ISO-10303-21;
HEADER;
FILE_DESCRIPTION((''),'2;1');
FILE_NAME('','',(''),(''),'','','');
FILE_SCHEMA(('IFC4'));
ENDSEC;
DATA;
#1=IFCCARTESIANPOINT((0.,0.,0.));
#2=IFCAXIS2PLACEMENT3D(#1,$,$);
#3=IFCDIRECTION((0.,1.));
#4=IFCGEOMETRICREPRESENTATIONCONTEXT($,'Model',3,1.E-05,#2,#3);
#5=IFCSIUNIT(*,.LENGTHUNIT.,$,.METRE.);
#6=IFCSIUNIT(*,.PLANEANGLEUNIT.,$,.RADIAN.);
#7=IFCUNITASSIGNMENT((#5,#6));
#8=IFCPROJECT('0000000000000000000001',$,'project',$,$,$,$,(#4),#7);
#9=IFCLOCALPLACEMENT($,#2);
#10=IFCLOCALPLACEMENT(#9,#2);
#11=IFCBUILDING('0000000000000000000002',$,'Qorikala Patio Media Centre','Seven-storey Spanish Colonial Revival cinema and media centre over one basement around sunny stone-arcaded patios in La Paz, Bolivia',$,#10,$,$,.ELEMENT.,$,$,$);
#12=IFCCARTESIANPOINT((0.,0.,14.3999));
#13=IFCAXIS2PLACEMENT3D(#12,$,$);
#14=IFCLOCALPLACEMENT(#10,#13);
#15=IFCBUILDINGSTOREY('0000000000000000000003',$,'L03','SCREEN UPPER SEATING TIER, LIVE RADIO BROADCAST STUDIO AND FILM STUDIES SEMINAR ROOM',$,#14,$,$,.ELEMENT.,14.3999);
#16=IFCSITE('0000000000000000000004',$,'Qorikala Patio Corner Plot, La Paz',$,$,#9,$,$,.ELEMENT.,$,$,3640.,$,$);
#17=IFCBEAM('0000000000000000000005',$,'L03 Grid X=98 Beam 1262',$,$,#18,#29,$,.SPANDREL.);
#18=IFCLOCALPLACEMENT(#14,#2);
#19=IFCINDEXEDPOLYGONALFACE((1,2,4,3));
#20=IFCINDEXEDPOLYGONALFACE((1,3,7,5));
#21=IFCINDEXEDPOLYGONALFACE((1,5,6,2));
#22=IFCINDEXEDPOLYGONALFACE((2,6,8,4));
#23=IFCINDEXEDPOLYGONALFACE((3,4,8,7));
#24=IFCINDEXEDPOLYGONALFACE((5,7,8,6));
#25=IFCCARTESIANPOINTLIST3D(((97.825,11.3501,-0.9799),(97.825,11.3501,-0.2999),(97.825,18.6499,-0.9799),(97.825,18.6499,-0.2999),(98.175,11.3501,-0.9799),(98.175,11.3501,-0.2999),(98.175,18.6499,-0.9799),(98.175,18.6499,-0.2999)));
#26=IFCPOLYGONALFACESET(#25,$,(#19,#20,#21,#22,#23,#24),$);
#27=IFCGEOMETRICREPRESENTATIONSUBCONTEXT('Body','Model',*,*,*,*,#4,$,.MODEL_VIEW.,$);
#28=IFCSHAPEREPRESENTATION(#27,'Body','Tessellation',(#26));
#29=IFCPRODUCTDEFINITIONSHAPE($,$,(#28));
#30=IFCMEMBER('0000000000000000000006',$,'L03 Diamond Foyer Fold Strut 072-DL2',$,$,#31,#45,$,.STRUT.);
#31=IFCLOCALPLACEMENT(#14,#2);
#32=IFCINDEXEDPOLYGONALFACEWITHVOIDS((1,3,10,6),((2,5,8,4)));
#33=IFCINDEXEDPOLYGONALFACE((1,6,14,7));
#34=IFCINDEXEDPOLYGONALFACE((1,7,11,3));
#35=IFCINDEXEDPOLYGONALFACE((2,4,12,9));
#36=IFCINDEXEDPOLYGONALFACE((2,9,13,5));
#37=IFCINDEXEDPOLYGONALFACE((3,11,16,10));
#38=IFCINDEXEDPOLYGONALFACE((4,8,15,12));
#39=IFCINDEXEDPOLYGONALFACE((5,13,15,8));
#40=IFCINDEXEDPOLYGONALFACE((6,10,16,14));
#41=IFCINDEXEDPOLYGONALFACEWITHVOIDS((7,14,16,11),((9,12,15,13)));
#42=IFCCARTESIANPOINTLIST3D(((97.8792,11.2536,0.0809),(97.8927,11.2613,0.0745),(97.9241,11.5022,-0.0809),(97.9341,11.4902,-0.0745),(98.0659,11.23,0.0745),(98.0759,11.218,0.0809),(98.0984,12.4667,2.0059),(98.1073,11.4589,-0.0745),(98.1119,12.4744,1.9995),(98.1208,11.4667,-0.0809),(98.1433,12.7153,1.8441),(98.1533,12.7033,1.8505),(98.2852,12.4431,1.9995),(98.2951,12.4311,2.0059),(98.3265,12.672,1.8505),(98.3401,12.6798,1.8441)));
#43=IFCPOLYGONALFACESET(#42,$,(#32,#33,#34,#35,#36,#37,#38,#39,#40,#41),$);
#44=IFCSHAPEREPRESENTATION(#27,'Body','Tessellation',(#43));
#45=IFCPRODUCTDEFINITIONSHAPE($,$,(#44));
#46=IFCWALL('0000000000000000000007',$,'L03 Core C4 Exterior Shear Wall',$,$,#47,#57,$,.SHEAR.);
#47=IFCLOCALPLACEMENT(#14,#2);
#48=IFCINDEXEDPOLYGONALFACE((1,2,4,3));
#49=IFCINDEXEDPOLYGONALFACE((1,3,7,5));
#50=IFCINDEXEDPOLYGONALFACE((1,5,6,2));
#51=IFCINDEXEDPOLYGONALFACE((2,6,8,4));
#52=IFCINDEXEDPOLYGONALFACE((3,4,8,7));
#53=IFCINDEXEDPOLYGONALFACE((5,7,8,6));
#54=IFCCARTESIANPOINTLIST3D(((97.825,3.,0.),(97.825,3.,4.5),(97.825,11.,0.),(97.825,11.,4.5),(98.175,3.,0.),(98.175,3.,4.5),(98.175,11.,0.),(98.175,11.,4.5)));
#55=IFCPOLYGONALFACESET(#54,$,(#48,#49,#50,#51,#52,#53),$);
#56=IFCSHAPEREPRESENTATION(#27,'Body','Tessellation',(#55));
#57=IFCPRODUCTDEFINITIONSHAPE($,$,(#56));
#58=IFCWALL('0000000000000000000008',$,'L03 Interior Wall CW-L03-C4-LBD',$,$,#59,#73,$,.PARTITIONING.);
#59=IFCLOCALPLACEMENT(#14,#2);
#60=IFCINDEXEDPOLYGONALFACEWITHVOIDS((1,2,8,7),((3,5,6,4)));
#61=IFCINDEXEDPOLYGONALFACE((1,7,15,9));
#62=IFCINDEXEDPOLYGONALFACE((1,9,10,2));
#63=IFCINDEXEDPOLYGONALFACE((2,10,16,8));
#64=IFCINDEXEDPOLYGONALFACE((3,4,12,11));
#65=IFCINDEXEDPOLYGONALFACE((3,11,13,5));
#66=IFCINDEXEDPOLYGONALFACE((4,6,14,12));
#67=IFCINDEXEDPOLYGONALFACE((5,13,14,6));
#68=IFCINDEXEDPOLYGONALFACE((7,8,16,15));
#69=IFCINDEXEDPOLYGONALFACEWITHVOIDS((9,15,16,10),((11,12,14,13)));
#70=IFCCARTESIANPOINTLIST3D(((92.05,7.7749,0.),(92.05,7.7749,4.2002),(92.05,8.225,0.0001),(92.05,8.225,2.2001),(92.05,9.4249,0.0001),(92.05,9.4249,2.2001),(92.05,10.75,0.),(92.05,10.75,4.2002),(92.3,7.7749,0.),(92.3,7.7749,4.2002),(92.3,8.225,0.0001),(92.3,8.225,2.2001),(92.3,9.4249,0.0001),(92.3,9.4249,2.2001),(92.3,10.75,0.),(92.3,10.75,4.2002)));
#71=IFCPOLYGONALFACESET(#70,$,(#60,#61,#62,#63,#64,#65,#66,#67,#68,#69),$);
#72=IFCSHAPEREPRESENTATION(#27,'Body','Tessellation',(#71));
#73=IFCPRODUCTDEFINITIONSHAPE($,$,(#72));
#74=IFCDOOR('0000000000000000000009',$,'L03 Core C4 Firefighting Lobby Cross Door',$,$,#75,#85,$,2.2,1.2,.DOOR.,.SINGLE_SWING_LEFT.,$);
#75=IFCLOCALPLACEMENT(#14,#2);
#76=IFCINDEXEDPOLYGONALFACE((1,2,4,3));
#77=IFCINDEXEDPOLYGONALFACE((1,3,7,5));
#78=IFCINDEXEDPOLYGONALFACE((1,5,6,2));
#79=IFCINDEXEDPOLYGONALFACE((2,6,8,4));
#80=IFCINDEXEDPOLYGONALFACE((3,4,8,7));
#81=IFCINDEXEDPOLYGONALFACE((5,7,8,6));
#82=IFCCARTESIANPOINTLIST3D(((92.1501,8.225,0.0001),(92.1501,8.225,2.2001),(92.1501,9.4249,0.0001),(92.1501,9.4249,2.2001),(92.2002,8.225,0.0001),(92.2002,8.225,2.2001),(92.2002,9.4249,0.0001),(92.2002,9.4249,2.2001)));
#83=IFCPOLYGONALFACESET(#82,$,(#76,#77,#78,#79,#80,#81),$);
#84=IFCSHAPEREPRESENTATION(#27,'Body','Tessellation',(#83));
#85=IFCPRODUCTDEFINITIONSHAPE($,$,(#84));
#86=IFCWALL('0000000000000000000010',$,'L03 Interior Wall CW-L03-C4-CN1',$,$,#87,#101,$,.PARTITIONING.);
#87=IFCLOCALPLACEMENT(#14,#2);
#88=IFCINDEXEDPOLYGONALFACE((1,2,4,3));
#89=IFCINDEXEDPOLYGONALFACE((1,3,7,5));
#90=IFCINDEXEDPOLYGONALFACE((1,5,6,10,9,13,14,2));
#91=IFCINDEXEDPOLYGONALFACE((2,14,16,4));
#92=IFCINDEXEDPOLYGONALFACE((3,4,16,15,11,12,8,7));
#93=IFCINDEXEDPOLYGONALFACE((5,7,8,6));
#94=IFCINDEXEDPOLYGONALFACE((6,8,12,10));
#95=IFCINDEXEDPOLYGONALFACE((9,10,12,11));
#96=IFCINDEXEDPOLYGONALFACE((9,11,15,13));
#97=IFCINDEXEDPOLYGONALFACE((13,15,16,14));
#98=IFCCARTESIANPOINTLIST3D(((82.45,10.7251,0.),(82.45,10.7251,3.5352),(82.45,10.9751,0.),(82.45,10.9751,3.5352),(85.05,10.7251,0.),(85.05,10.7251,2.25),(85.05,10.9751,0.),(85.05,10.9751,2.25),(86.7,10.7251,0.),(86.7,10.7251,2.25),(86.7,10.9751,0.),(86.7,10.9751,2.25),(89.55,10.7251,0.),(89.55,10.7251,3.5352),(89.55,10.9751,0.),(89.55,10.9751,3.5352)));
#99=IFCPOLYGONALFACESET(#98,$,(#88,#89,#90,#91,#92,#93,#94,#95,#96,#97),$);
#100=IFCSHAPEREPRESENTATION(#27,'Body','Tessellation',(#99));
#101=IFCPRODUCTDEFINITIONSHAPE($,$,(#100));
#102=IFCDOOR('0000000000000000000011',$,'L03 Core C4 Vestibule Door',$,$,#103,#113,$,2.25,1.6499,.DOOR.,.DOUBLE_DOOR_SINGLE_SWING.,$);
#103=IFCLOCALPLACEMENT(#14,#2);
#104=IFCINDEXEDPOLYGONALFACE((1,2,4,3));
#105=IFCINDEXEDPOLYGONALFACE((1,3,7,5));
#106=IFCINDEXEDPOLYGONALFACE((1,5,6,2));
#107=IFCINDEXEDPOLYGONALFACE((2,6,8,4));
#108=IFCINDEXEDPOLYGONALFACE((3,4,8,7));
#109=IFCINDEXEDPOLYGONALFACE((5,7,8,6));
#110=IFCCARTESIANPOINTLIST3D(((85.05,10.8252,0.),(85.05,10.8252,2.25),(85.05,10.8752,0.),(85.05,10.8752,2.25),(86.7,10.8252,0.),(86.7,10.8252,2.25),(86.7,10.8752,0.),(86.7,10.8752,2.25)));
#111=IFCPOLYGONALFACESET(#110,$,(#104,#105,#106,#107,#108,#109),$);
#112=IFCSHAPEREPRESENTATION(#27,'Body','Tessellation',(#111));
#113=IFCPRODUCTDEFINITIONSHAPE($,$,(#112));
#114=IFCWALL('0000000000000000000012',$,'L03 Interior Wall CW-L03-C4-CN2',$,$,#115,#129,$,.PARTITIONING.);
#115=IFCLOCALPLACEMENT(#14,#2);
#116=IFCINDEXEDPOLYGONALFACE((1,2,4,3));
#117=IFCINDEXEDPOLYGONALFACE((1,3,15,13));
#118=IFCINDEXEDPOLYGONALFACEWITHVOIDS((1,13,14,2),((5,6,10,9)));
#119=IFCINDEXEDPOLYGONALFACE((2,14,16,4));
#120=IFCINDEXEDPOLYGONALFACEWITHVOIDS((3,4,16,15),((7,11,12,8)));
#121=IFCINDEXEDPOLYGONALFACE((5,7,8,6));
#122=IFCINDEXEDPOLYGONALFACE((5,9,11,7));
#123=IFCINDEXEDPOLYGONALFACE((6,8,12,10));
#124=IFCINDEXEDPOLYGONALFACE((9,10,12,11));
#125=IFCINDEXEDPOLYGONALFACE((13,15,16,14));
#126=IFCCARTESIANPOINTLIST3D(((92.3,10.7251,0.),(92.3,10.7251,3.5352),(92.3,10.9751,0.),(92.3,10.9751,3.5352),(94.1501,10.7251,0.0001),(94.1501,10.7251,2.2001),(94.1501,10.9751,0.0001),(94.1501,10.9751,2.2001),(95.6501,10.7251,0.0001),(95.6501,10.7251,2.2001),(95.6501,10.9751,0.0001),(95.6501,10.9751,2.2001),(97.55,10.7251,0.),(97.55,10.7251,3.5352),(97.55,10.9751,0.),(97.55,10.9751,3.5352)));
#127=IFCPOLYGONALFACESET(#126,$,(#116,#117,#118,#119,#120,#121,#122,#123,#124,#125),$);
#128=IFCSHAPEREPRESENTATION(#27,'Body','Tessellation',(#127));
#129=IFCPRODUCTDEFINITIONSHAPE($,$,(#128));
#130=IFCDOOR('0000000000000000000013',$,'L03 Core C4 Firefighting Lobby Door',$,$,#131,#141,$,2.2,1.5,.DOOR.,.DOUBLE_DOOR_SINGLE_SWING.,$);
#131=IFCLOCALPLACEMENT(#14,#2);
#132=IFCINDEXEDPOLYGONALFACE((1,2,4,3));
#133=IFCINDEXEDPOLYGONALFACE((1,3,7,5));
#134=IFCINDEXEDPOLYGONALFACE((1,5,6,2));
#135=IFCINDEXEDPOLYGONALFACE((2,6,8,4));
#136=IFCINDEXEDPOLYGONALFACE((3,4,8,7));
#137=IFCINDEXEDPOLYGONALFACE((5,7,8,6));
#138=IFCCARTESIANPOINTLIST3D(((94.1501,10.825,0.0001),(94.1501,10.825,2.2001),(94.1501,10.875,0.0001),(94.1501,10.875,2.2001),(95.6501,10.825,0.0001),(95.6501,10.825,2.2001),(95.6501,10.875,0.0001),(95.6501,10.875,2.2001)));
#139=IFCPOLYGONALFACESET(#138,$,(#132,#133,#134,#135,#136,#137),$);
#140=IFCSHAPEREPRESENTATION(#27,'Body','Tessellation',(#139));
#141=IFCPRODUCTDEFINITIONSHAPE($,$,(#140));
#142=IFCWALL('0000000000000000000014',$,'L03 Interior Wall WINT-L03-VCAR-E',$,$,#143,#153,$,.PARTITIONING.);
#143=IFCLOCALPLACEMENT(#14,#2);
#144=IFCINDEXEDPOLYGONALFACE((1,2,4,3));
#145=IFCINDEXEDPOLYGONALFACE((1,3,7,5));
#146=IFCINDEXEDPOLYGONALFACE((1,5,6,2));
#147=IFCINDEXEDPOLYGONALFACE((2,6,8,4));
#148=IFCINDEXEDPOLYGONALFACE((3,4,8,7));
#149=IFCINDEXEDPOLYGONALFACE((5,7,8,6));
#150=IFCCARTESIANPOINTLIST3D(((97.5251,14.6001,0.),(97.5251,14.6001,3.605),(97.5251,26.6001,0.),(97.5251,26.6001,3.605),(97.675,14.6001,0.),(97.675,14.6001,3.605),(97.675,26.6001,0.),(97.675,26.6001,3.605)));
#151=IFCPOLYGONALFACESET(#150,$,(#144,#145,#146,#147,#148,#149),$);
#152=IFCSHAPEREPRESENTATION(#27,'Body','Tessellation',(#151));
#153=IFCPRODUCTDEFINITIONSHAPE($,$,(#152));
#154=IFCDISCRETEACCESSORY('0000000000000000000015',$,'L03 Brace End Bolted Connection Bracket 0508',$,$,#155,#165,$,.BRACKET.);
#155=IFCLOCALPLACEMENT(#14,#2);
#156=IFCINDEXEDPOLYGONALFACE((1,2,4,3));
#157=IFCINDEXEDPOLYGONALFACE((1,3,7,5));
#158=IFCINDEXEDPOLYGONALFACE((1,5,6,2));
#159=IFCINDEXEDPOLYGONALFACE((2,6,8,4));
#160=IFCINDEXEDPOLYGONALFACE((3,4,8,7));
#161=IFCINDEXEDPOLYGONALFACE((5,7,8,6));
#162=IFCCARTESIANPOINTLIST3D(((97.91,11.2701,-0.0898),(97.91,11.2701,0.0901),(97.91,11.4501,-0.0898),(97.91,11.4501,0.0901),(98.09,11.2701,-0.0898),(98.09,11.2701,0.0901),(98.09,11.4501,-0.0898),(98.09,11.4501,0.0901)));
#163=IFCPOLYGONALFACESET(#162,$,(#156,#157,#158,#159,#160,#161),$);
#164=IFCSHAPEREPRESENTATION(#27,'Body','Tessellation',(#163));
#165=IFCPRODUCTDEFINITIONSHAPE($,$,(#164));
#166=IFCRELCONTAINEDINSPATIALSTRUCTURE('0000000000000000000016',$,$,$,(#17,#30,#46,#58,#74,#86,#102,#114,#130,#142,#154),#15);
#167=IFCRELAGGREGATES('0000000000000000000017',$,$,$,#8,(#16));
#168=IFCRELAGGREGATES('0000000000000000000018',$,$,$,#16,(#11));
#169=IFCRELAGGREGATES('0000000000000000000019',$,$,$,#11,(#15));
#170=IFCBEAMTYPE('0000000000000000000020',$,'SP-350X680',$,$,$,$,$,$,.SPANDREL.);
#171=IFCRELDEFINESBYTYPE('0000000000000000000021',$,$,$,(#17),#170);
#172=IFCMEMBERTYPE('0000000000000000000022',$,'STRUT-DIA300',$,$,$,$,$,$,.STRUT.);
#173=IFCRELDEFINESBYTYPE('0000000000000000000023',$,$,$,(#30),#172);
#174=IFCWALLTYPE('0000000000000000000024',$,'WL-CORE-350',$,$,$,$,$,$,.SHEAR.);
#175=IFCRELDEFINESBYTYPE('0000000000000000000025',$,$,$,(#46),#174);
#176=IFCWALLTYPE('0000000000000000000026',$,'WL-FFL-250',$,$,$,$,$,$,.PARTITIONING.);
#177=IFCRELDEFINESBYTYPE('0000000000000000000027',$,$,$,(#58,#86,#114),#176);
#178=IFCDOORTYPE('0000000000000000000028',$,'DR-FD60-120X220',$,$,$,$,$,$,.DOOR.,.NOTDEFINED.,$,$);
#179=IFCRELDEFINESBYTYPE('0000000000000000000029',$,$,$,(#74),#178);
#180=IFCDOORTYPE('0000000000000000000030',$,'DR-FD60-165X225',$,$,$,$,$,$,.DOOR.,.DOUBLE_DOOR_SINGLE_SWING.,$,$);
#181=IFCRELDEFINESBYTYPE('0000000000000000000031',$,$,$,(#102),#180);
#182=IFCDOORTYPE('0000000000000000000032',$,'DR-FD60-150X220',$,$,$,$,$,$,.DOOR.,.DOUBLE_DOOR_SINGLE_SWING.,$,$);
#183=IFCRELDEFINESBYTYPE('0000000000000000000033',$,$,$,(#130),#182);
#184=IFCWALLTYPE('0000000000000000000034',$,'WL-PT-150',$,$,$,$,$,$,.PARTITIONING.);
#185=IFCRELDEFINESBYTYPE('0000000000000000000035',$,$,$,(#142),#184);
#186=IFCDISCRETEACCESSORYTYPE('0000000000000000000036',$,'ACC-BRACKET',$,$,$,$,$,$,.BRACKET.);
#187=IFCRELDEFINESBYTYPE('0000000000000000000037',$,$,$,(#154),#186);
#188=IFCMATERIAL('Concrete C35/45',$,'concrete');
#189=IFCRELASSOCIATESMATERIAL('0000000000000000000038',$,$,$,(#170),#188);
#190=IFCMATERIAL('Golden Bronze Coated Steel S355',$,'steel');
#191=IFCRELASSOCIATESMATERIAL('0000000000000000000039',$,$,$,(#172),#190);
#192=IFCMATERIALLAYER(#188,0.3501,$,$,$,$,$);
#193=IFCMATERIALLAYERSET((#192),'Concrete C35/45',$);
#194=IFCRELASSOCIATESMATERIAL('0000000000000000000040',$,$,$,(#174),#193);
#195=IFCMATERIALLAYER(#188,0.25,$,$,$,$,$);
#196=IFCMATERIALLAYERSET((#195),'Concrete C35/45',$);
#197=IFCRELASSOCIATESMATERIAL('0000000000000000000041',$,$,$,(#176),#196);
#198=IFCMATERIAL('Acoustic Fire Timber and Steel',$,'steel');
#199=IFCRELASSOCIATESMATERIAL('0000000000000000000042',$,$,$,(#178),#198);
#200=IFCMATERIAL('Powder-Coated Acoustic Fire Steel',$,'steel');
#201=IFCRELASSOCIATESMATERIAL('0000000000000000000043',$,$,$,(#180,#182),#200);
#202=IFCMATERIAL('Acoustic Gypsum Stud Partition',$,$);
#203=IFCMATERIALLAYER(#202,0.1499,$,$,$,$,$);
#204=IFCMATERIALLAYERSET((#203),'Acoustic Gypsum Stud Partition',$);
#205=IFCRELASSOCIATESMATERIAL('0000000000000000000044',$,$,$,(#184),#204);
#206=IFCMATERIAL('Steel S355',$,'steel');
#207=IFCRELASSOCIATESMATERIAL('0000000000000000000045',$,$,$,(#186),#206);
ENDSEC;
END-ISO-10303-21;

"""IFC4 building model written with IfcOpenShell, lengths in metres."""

from ifc_helpers import new_model, si_unit, direction, frame, frame_2d, origin, origin_2d, place, context, subcontext, project, spatial, rectangle, hollow_rectangle, extrude, material, layer, layer_set, material_profile, profile_set, type_object, element, fill, save


model = new_model("IFC4")

# Units and contexts
model_context = context("Model", 3, precision=1e-05, world=origin(), true_north=direction((0.0, 1.0)))
body_context = subcontext(model_context, "Body", "Model", "MODEL_VIEW")
ifc_project = project(units=[si_unit("LENGTHUNIT", "METRE"), si_unit("PLANEANGLEUNIT", "RADIAN")], contexts=[model_context])

# Site, building, storey
site_placement = place(None, origin())
site = spatial("IfcSite", under=ifc_project, at=site_placement, Name="Qorikala Patio Corner Plot, La Paz", CompositionType="ELEMENT", RefElevation=3640.0)
building_placement = place(site_placement, origin())
building = spatial("IfcBuilding", under=site, at=building_placement, Name="Qorikala Patio Media Centre", Description="Seven-storey Spanish Colonial Revival cinema and media centre over one basement around sunny stone-arcaded patios in La Paz, Bolivia", CompositionType="ELEMENT")
storey_placement = place(building_placement, frame((0.0, 0.0, 14.3999)))
storey = spatial("IfcBuildingStorey", under=building, at=storey_placement, Name="L03", Description="SCREEN UPPER SEATING TIER, LIVE RADIO BROADCAST STUDIO AND FILM STUDIES SEMINAR ROOM", CompositionType="ELEMENT", Elevation=14.3999)

# Shared definitions
ifc_material_1 = material(Name="Concrete C35/45", Category="concrete")

# Shared definitions
ifc_material_2 = material(Name="Steel S355", Category="steel")

# Beam
ifc_material_profile_1 = material_profile(ifc_material_1, rectangle(XDim=0.3501, YDim=0.6799, at=origin_2d()), Name="RC 350x680")
ifc_profile_set_1 = profile_set([ifc_material_profile_1], Name="Concrete C35/45")
beam_type_1 = type_object("IfcBeamType", Name="SP-350X680", PredefinedType="SPANDREL", material=ifc_profile_set_1)
beam_1_placement = place(storey_placement, frame((98.0, 11.3501, -0.6399), z_axis=(0.0, 1.0, 0.0), x_axis=(-1.0, 0.0, 0.0)))
element("IfcBeam", 1, at=beam_1_placement, inside=storey, type_object=beam_type_1, Name="L03 Grid X=98 Beam 1262", PredefinedType="SPANDREL", context=body_context, shape_type="SweptSolid", body=[
    extrude(rectangle(XDim=0.3501, YDim=0.6799, at=origin_2d()), origin(), (0.0, 0.0, 1.0), 7.2998),
])

# Member
ifc_material_3 = material(Name="Golden Bronze Coated Steel S355", Category="steel")
ifc_material_profile_2 = material_profile(ifc_material_3, hollow_rectangle(XDim=0.2, YDim=0.3, WallThickness=0.012, at=origin_2d()), Name="HSS300X200X12")
ifc_profile_set_2 = profile_set([ifc_material_profile_2], Name="Golden Bronze Coated Steel S355")
member_type_1 = type_object("IfcMemberType", Name="STRUT-DIA300", PredefinedType="STRUT", material=ifc_profile_set_2)
member_1_placement = place(storey_placement, frame((98.0, 11.3601, 0.0), z_axis=(0.095907, 0.530691, 0.842121), x_axis=(-0.984059, 0.17784, 0.0)))
element("IfcMember", 2, at=member_1_placement, inside=storey, type_object=member_type_1, Name="L03 Diamond Foyer Fold Strut 072-DL2", PredefinedType="STRUT", context=body_context, shape_type="SweptSolid", body=[
    extrude(hollow_rectangle(XDim=0.2, YDim=0.3, WallThickness=0.012, at=origin_2d()), origin(), (0.0, 0.0, 1.0), 2.2859),
])

# Wall
ifc_layer_1 = layer(ifc_material_1, 0.3501)
ifc_layer_set_1 = layer_set([ifc_layer_1], Name="Concrete C35/45")
wall_type_1 = type_object("IfcWallType", Name="WL-CORE-350", PredefinedType="SHEAR", material=ifc_layer_set_1)
wall_1_placement = place(storey_placement, frame((98.0, 11.0, 0.0), z_axis=(0.0, 0.0, 1.0), x_axis=(0.0, -1.0, 0.0)))
element("IfcWall", 3, at=wall_1_placement, inside=storey, type_object=wall_type_1, Name="L03 Core C4 Exterior Shear Wall", PredefinedType="SHEAR", context=body_context, shape_type="SweptSolid", body=[
    extrude(rectangle(XDim=8.0, YDim=0.3501, at=frame_2d((4.0, 0.0))), origin(), (0.0, 0.0, 1.0), 4.5),
])

# Walls, openings, doors
ifc_layer_2 = layer(ifc_material_1, 0.25)
ifc_layer_set_2 = layer_set([ifc_layer_2], Name="Concrete C35/45")
wall_type_2 = type_object("IfcWallType", Name="WL-FFL-250", PredefinedType="PARTITIONING", material=ifc_layer_set_2)
wall_2_placement = place(storey_placement, frame((92.175, 7.7749, 0.0), z_axis=(0.0, 0.0, 1.0), x_axis=(0.0, 1.0, 0.0)))
wall_2 = element("IfcWall", 4, at=wall_2_placement, inside=storey, type_object=wall_type_2, Name="L03 Interior Wall CW-L03-C4-LBD", PredefinedType="PARTITIONING", context=body_context, shape_type="SweptSolid", body=[
    extrude(rectangle(XDim=2.9751, YDim=0.25, at=frame_2d((1.4875, 0.0))), origin(), (0.0, 0.0, 1.0), 4.2002),
])
opening_1_placement = place(wall_2_placement, frame((0.45, 0.0, 0.0)))
opening_1 = element("IfcOpeningElement", 5, at=opening_1_placement, cuts=wall_2, PredefinedType="OPENING", context=body_context, shape_type="SweptSolid", body=[
    extrude(rectangle(XDim=1.2, YDim=2.2, at=frame_2d((0.6001, 1.1001))), frame((0.0, 0.135, 0.0), z_axis=(0.0, -1.0, 0.0), x_axis=(1.0, 0.0, 0.0)), (0.0, 0.0, 1.0), 0.27),
])
ifc_material_4 = material(Name="Acoustic Fire Timber and Steel", Category="steel")
door_type_1 = type_object("IfcDoorType", Name="DR-FD60-120X220", OperationType="NOTDEFINED", PredefinedType="DOOR", material=ifc_material_4)
door_1_placement = place(opening_1_placement, origin())
door_1 = element("IfcDoor", 6, at=door_1_placement, inside=storey, type_object=door_type_1, Name="L03 Core C4 Firefighting Lobby Cross Door", OperationType="SINGLE_SWING_LEFT", OverallHeight=2.2, OverallWidth=1.2, PredefinedType="DOOR", context=body_context, shape_type="SweptSolid", body=[
    extrude(rectangle(XDim=1.2, YDim=2.2, at=frame_2d((0.6001, 1.1001))), frame((0.0, 0.0249, 0.0), z_axis=(0.0, -1.0, 0.0), x_axis=(1.0, 0.0, 0.0)), (0.0, 0.0, 1.0), 0.05),
])
fill(opening_1, door_1)
wall_3_placement = place(storey_placement, frame((82.45, 10.8501, 0.0), z_axis=(0.0, 0.0, 1.0), x_axis=(1.0, 0.0, 0.0)))
wall_3 = element("IfcWall", 7, at=wall_3_placement, inside=storey, type_object=wall_type_2, Name="L03 Interior Wall CW-L03-C4-CN1", PredefinedType="PARTITIONING", context=body_context, shape_type="SweptSolid", body=[
    extrude(rectangle(XDim=7.1001, YDim=0.25, at=frame_2d((3.55, 0.0))), origin(), (0.0, 0.0, 1.0), 3.5352),
])
opening_2_placement = place(wall_3_placement, frame((2.6001, 0.0, 0.0)))
opening_2 = element("IfcOpeningElement", 8, at=opening_2_placement, cuts=wall_3, PredefinedType="OPENING", context=body_context, shape_type="SweptSolid", body=[
    extrude(rectangle(XDim=1.6499, YDim=2.25, at=frame_2d((0.825, 1.125))), frame((0.0, 0.135, 0.0), z_axis=(0.0, -1.0, 0.0), x_axis=(1.0, 0.0, 0.0)), (0.0, 0.0, 1.0), 0.27),
])
ifc_material_5 = material(Name="Powder-Coated Acoustic Fire Steel", Category="steel")
door_type_2 = type_object("IfcDoorType", Name="DR-FD60-165X225", OperationType="DOUBLE_DOOR_SINGLE_SWING", PredefinedType="DOOR", material=ifc_material_5)
door_2_placement = place(opening_2_placement, frame((1.6499, 0.0, 0.0), z_axis=(0.0, 0.0, 1.0), x_axis=(-1.0, 0.0, 0.0)))
door_2 = element("IfcDoor", 9, at=door_2_placement, inside=storey, type_object=door_type_2, Name="L03 Core C4 Vestibule Door", OperationType="DOUBLE_DOOR_SINGLE_SWING", OverallHeight=2.25, OverallWidth=1.6499, PredefinedType="DOOR", context=body_context, shape_type="SweptSolid", body=[
    extrude(rectangle(XDim=1.6499, YDim=2.25, at=frame_2d((0.825, 1.125))), frame((0.0, 0.0249, 0.0), z_axis=(0.0, -1.0, 0.0), x_axis=(1.0, 0.0, 0.0)), (0.0, 0.0, 1.0), 0.05),
])
fill(opening_2, door_2)
wall_4_placement = place(storey_placement, frame((92.3, 10.8501, 0.0), z_axis=(0.0, 0.0, 1.0), x_axis=(1.0, 0.0, 0.0)))
wall_4 = element("IfcWall", 10, at=wall_4_placement, inside=storey, type_object=wall_type_2, Name="L03 Interior Wall CW-L03-C4-CN2", PredefinedType="PARTITIONING", context=body_context, shape_type="SweptSolid", body=[
    extrude(rectangle(XDim=5.25, YDim=0.25, at=frame_2d((2.625, 0.0))), origin(), (0.0, 0.0, 1.0), 3.5352),
])
opening_3_placement = place(wall_4_placement, frame((1.8501, 0.0, 0.0)))
opening_3 = element("IfcOpeningElement", 11, at=opening_3_placement, cuts=wall_4, PredefinedType="OPENING", context=body_context, shape_type="SweptSolid", body=[
    extrude(rectangle(XDim=1.5, YDim=2.2, at=frame_2d((0.75, 1.1001))), frame((0.0, 0.135, 0.0), z_axis=(0.0, -1.0, 0.0), x_axis=(1.0, 0.0, 0.0)), (0.0, 0.0, 1.0), 0.27),
])
door_type_3 = type_object("IfcDoorType", Name="DR-FD60-150X220", OperationType="DOUBLE_DOOR_SINGLE_SWING", PredefinedType="DOOR", material=ifc_material_5)
door_3_placement = place(opening_3_placement, origin())
door_3 = element("IfcDoor", 12, at=door_3_placement, inside=storey, type_object=door_type_3, Name="L03 Core C4 Firefighting Lobby Door", OperationType="DOUBLE_DOOR_SINGLE_SWING", OverallHeight=2.2, OverallWidth=1.5, PredefinedType="DOOR", context=body_context, shape_type="SweptSolid", body=[
    extrude(rectangle(XDim=1.5, YDim=2.2, at=frame_2d((0.75, 1.1001))), frame((0.0, 0.0249, 0.0), z_axis=(0.0, -1.0, 0.0), x_axis=(1.0, 0.0, 0.0)), (0.0, 0.0, 1.0), 0.05),
])
fill(opening_3, door_3)

# Wall
ifc_material_6 = material(Name="Acoustic Gypsum Stud Partition")
ifc_layer_3 = layer(ifc_material_6, 0.1499)
ifc_layer_set_3 = layer_set([ifc_layer_3], Name="Acoustic Gypsum Stud Partition")
wall_type_3 = type_object("IfcWallType", Name="WL-PT-150", PredefinedType="PARTITIONING", material=ifc_layer_set_3)
wall_5_placement = place(storey_placement, frame((97.6001, 14.6001, 0.0), z_axis=(0.0, 0.0, 1.0), x_axis=(0.0, 1.0, 0.0)))
element("IfcWall", 13, at=wall_5_placement, inside=storey, type_object=wall_type_3, Name="L03 Interior Wall WINT-L03-VCAR-E", PredefinedType="PARTITIONING", context=body_context, shape_type="SweptSolid", body=[
    extrude(rectangle(XDim=12.0, YDim=0.1499, at=frame_2d((6.0, 0.0))), origin(), (0.0, 0.0, 1.0), 3.605),
])

# Discrete accessory
discrete_accessory_type = type_object("IfcDiscreteAccessoryType", Name="ACC-BRACKET", PredefinedType="BRACKET", material=ifc_material_2)
for number, where, z_axis, x_axis, name in (
    (14, (98.0, 11.3601, -0.0898), (0.0, 0.0, 1.0), (1.0, 0.0, 0.0), "L03 Brace End Bolted Connection Bracket 0508"),
):
    element("IfcDiscreteAccessory", number, at=place(storey_placement, frame(where, z_axis=z_axis, x_axis=x_axis)), inside=storey, type_object=discrete_accessory_type, Name=name, PredefinedType="BRACKET", context=body_context, shape_type="SweptSolid", body=[
        extrude(rectangle(XDim=0.1799, YDim=0.1799, at=origin_2d()), origin(), (0.0, 0.0, 1.0), 0.1799),
    ])

save(model, "model.ifc")
